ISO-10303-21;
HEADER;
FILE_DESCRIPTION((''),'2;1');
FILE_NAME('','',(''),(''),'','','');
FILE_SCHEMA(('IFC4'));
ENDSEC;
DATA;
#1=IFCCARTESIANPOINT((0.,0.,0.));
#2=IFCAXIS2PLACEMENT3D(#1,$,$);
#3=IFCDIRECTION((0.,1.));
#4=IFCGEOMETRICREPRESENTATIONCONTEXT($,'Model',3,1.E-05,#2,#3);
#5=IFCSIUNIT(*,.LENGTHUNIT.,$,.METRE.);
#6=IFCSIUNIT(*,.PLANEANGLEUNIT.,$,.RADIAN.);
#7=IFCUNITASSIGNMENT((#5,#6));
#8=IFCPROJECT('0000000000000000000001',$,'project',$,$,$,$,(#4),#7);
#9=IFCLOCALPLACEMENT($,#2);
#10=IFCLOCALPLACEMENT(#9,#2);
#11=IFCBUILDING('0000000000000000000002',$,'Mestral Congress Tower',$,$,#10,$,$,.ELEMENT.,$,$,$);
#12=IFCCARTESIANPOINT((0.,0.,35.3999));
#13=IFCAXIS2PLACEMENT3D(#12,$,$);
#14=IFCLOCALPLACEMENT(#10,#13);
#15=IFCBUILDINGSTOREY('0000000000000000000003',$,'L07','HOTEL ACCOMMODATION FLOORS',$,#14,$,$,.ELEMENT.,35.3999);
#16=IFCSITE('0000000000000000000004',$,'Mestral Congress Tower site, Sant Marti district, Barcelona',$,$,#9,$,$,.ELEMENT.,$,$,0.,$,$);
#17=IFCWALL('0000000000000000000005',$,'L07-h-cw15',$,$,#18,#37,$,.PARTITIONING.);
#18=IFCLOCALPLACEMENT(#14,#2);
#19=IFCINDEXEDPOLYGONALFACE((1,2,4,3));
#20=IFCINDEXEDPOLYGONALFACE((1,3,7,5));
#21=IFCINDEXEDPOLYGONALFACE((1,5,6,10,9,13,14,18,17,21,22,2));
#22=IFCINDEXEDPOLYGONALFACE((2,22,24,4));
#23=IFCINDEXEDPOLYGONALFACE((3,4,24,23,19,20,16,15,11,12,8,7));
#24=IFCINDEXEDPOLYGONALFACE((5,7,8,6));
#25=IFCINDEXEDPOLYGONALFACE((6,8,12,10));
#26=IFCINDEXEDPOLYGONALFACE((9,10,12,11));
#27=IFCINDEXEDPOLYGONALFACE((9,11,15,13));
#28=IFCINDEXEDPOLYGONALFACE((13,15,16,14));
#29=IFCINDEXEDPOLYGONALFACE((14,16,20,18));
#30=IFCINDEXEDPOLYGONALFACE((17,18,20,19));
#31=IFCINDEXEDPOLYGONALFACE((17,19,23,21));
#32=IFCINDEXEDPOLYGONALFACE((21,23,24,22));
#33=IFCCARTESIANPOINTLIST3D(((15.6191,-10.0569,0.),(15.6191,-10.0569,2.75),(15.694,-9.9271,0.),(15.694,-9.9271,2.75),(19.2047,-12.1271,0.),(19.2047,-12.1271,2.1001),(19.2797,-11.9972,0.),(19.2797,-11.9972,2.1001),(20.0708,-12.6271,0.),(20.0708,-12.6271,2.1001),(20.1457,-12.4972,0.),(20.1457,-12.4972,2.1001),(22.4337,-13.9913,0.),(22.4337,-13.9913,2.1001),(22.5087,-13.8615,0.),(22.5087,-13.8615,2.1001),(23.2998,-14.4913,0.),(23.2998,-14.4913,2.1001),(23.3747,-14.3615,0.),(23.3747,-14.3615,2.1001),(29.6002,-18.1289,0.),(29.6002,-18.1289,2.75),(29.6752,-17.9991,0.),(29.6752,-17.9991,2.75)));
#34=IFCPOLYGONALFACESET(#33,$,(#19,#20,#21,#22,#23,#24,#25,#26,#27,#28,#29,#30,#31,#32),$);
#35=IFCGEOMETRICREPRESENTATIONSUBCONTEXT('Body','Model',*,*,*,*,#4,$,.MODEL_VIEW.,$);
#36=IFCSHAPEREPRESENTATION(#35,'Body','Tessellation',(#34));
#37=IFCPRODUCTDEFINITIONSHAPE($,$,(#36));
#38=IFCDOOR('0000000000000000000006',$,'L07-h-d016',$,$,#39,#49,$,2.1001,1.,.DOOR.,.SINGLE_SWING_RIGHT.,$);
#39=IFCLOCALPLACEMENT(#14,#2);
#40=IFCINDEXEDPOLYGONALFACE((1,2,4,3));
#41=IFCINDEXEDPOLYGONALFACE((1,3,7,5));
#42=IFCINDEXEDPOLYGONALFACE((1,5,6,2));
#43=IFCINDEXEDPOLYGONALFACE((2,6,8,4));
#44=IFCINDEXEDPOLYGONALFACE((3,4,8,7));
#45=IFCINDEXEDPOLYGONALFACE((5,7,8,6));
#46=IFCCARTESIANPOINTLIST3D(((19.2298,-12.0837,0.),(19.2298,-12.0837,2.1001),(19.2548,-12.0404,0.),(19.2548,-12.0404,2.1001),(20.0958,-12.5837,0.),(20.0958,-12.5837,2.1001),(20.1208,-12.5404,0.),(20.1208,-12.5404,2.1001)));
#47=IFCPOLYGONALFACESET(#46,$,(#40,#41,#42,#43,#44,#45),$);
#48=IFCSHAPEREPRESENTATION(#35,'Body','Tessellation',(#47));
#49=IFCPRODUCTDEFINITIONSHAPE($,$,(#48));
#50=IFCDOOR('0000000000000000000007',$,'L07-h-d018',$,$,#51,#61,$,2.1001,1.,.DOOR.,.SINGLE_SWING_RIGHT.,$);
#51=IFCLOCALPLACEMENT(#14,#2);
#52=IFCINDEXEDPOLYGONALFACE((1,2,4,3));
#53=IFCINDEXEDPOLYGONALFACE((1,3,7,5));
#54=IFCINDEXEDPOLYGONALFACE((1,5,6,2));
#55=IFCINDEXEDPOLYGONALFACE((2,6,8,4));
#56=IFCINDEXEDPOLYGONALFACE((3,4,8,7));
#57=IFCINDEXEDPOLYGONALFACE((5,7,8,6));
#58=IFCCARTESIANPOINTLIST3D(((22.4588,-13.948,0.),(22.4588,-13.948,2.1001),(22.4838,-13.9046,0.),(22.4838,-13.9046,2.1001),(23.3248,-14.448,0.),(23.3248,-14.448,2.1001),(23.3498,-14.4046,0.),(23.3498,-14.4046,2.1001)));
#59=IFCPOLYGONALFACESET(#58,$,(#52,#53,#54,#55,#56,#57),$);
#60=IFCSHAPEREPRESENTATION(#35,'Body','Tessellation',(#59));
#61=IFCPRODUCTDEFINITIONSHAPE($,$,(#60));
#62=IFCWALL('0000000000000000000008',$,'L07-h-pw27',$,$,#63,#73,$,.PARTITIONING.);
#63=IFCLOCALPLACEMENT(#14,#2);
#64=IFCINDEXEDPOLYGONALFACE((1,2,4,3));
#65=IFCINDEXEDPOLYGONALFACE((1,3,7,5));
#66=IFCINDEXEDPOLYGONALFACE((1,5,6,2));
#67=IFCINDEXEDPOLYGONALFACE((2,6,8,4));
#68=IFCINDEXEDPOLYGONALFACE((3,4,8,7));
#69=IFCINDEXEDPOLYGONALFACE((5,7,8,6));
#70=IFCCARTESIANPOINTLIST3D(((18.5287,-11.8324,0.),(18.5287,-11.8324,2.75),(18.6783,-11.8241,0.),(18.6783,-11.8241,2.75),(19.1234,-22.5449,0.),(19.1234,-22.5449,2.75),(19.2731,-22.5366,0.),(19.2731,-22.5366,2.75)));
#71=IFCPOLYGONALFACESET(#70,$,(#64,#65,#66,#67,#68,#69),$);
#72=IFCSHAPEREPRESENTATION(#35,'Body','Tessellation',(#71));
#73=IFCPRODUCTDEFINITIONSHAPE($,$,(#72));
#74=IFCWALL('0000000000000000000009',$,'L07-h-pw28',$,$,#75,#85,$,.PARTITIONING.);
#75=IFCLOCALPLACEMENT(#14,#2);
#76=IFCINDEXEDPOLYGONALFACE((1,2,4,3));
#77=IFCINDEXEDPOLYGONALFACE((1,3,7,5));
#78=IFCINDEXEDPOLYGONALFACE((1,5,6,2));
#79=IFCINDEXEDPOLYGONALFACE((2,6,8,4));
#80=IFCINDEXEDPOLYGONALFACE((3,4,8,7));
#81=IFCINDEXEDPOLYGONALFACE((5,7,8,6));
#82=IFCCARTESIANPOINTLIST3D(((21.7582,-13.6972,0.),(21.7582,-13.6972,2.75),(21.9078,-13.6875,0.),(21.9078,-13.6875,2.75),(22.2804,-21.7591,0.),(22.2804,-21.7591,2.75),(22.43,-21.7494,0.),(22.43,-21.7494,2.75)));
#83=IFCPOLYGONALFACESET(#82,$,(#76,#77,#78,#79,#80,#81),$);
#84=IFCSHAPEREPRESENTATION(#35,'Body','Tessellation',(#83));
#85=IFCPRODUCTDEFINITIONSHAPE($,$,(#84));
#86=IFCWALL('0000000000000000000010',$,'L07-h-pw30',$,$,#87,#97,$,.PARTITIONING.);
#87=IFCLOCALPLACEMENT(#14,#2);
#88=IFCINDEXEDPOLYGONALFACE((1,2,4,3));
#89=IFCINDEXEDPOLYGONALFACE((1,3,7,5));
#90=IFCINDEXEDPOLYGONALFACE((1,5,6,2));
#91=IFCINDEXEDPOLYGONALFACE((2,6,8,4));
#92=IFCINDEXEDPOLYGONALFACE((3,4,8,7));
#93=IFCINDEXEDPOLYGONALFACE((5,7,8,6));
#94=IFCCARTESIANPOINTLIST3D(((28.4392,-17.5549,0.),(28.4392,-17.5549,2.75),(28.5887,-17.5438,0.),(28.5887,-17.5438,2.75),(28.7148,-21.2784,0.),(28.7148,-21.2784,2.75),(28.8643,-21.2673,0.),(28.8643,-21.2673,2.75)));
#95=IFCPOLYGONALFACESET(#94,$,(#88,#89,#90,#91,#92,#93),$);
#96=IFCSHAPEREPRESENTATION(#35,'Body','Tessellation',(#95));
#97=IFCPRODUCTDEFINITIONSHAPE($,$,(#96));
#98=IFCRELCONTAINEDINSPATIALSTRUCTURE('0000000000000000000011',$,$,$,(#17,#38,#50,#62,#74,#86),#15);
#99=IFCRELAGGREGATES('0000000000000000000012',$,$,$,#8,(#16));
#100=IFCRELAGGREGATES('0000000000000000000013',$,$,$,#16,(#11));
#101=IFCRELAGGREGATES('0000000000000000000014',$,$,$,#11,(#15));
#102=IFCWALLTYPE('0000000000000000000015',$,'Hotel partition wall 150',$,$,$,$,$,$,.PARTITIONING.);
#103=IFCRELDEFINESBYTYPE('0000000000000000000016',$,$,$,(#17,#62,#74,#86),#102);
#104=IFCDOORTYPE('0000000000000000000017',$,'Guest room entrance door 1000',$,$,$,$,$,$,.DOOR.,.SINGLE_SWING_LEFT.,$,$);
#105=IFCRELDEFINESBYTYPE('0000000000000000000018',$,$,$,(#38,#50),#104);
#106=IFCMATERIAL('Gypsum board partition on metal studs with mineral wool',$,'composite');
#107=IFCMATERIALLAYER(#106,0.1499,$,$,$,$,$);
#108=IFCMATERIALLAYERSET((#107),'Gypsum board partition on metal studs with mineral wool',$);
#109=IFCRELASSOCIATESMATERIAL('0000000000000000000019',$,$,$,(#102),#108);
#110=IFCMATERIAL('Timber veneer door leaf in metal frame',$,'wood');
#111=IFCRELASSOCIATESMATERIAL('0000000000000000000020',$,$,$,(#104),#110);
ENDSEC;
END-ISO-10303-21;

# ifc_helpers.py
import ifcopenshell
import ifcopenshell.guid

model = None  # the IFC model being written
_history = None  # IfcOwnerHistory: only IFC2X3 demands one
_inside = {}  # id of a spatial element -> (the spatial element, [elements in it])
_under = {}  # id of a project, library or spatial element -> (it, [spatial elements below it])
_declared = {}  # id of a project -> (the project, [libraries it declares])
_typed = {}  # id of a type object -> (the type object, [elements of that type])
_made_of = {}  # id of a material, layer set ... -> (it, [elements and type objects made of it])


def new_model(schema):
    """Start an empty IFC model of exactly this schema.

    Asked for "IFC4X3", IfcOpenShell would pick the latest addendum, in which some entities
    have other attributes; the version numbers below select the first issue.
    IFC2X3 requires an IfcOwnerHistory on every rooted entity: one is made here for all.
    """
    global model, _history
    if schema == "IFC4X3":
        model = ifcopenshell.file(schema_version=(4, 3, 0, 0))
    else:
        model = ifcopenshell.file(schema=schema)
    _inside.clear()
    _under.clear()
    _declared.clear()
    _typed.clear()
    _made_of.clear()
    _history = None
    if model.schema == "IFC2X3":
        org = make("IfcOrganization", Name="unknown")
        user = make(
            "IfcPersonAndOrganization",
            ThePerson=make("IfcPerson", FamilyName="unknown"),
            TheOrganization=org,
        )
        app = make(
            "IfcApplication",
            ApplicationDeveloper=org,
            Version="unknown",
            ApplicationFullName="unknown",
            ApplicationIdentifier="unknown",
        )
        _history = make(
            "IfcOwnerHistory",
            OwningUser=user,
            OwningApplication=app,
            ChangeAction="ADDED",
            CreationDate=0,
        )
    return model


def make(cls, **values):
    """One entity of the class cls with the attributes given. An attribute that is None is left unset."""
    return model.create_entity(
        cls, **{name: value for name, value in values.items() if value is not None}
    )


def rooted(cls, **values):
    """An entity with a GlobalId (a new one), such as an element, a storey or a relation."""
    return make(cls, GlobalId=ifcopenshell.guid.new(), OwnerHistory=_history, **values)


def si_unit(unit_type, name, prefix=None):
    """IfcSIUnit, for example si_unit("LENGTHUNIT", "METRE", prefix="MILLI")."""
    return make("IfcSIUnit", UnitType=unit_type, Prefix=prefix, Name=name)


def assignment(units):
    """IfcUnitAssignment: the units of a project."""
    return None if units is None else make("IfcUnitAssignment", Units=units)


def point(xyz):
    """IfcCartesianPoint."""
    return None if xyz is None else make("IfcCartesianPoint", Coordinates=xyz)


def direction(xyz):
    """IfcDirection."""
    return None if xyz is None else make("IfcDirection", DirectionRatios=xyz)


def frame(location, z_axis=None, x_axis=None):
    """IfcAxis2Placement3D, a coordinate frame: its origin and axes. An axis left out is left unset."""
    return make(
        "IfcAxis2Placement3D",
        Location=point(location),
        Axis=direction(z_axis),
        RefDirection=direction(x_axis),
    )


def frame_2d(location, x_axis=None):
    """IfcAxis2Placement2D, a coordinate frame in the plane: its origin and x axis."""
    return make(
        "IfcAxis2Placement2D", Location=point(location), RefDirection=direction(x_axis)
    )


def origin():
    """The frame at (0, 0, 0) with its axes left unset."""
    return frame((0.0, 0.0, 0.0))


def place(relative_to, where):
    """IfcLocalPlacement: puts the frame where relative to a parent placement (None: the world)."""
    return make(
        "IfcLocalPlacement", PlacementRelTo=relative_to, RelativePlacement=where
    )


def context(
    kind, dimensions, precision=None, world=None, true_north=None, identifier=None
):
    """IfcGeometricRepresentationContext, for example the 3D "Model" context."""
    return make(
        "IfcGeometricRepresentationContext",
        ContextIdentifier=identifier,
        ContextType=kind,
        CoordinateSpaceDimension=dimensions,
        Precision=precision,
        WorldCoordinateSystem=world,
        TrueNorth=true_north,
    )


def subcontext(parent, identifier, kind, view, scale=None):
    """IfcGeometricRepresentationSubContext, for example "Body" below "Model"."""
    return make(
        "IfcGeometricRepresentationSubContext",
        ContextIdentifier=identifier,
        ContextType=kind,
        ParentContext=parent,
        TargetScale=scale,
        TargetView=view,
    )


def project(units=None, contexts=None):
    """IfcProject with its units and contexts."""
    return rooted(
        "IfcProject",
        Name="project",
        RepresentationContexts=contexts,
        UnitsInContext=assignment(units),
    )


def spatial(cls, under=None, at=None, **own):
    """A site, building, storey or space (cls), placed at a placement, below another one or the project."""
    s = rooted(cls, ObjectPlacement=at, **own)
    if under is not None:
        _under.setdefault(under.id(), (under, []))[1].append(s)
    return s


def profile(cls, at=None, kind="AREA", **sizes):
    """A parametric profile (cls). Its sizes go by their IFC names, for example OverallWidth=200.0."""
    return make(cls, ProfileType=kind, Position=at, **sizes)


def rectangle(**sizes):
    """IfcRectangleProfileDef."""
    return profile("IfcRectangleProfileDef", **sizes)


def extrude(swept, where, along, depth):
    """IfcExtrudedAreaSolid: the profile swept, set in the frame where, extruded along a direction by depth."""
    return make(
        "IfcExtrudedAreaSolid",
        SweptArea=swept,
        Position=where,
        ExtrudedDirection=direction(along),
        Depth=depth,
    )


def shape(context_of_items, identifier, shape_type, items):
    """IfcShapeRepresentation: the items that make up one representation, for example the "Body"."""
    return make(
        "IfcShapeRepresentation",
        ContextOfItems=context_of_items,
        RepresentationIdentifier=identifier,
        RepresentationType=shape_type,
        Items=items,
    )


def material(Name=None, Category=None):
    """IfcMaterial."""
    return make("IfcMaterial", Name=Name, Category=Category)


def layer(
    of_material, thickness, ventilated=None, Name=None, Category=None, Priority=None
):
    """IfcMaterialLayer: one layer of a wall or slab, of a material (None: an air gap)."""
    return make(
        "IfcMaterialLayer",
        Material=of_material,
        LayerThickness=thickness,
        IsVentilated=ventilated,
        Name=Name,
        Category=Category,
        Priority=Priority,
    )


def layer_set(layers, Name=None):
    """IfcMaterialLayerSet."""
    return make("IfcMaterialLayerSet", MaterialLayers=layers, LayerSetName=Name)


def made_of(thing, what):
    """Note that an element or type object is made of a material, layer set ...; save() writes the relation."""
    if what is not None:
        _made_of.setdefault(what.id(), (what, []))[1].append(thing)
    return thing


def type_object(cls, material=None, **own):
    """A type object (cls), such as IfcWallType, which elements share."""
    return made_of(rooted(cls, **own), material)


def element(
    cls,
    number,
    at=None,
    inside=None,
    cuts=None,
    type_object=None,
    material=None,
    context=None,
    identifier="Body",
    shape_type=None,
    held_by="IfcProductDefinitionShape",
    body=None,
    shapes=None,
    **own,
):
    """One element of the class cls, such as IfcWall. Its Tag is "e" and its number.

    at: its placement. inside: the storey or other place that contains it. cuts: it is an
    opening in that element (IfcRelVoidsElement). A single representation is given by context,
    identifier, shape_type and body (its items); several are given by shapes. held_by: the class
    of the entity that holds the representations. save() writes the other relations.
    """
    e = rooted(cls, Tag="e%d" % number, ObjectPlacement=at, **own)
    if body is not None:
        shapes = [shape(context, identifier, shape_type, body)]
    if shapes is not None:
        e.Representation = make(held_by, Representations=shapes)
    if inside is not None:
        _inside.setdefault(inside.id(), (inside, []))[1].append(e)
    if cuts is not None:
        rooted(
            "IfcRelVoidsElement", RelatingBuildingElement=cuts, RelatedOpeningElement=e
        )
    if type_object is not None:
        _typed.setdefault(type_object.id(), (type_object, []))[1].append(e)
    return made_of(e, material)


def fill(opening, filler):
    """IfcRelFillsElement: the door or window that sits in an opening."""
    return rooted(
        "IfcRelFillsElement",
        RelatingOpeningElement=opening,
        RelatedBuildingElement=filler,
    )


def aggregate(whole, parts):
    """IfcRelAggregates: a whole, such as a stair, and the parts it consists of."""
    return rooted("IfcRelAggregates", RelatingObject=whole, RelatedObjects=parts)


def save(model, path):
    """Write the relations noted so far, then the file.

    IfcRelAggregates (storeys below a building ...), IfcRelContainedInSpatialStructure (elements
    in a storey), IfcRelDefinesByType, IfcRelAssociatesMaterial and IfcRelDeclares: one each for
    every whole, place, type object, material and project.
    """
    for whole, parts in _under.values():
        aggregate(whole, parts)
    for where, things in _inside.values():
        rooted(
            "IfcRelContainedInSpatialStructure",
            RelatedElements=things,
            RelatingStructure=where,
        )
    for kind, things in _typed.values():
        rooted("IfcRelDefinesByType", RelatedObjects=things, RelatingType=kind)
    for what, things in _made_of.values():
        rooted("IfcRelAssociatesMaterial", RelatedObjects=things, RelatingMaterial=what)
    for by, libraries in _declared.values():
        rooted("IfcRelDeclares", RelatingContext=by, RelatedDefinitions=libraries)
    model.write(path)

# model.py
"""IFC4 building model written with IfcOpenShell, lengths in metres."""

from ifc_helpers import new_model, si_unit, direction, frame, frame_2d, origin, place, context, subcontext, project, spatial, rectangle, extrude, material, layer, layer_set, type_object, element, fill, save


model = new_model("IFC4")

# Units and contexts
model_context = context("Model", 3, precision=1e-05, world=origin(), true_north=direction((0.0, 1.0)))
body_context = subcontext(model_context, "Body", "Model", "MODEL_VIEW")
ifc_project = project(units=[si_unit("LENGTHUNIT", "METRE"), si_unit("PLANEANGLEUNIT", "RADIAN")], contexts=[model_context])

# Site, building, storey
site_placement = place(None, origin())
site = spatial("IfcSite", under=ifc_project, at=site_placement, Name="Mestral Congress Tower site, Sant Marti district, Barcelona", CompositionType="ELEMENT", RefElevation=0.0)
building_placement = place(site_placement, origin())
building = spatial("IfcBuilding", under=site, at=building_placement, Name="Mestral Congress Tower", CompositionType="ELEMENT")
storey_placement = place(building_placement, frame((0.0, 0.0, 35.3999)))
storey = spatial("IfcBuildingStorey", under=building, at=storey_placement, Name="L07", Description="HOTEL ACCOMMODATION FLOORS", CompositionType="ELEMENT", Elevation=35.3999)

# Shared definitions
ifc_material_1 = material(Name="Gypsum board partition on metal studs with mineral wool", Category="composite")

# Wall, openings, doors
ifc_layer_1 = layer(ifc_material_1, 0.1499)
ifc_layer_set_1 = layer_set([ifc_layer_1], Name="Gypsum board partition on metal studs with mineral wool")
wall_type_1 = type_object("IfcWallType", Name="Hotel partition wall 150", PredefinedType="PARTITIONING", material=ifc_layer_set_1)
wall_1_placement = place(storey_placement, frame((29.6377, -18.064, 0.0), z_axis=(0.0, 0.0, 1.0), x_axis=(-0.866026, 0.499999, 0.0)))
wall_1 = element("IfcWall", 1, at=wall_1_placement, inside=storey, type_object=wall_type_1, Name="L07-h-cw15", PredefinedType="PARTITIONING", context=body_context, shape_type="SweptSolid", body=[
    extrude(rectangle(XDim=16.144, YDim=0.1499, at=frame_2d((8.072, 0.0))), origin(), (0.0, 0.0, 1.0), 2.75),
])
opening_1_placement = place(wall_1_placement, frame((11.0037, 0.0, 0.0)))
opening_1 = element("IfcOpeningElement", 2, at=opening_1_placement, cuts=wall_1, PredefinedType="OPENING", context=body_context, shape_type="SweptSolid", body=[
    extrude(rectangle(XDim=1.0, YDim=2.1001, at=frame_2d((0.5, 1.05))), frame((0.0, 0.085, 0.0), z_axis=(0.0, -1.0, 0.0), x_axis=(1.0, 0.0, 0.0)), (0.0, 0.0, 1.0), 0.1699),
])
opening_2_placement = place(wall_1_placement, frame((7.2751, 0.0, 0.0)))
opening_2 = element("IfcOpeningElement", 3, at=opening_2_placement, cuts=wall_1, PredefinedType="OPENING", context=body_context, shape_type="SweptSolid", body=[
    extrude(rectangle(XDim=1.0, YDim=2.1001, at=frame_2d((0.5, 1.05))), frame((0.0, 0.085, 0.0), z_axis=(0.0, -1.0, 0.0), x_axis=(1.0, 0.0, 0.0)), (0.0, 0.0, 1.0), 0.1699),
])
ifc_material_2 = material(Name="Timber veneer door leaf in metal frame", Category="wood")
door_type = type_object("IfcDoorType", Name="Guest room entrance door 1000", OperationType="SINGLE_SWING_LEFT", PredefinedType="DOOR", material=ifc_material_2)
door_1_placement = place(opening_1_placement, origin())
door_1 = element("IfcDoor", 4, at=door_1_placement, inside=storey, type_object=door_type, Name="L07-h-d016", OperationType="SINGLE_SWING_RIGHT", OverallHeight=2.1001, OverallWidth=1.0, PredefinedType="DOOR", context=body_context, shape_type="SweptSolid", body=[
    extrude(rectangle(XDim=1.0, YDim=2.1001, at=frame_2d((0.5, 1.05))), frame((0.0, 0.0249, 0.0), z_axis=(0.0, -1.0, 0.0), x_axis=(1.0, 0.0, 0.0)), (0.0, 0.0, 1.0), 0.05),
])
fill(opening_1, door_1)
door_2_placement = place(opening_2_placement, origin())
door_2 = element("IfcDoor", 5, at=door_2_placement, inside=storey, type_object=door_type, Name="L07-h-d018", OperationType="SINGLE_SWING_RIGHT", OverallHeight=2.1001, OverallWidth=1.0, PredefinedType="DOOR", context=body_context, shape_type="SweptSolid", body=[
    extrude(rectangle(XDim=1.0, YDim=2.1001, at=frame_2d((0.5, 1.05))), frame((0.0, 0.0249, 0.0), z_axis=(0.0, -1.0, 0.0), x_axis=(1.0, 0.0, 0.0)), (0.0, 0.0, 1.0), 0.05),
])
fill(opening_2, door_2)

# Walls
wall_2_placement = place(storey_placement, frame((19.1982, -22.5408, 0.0), z_axis=(0.0, 0.0, 1.0), x_axis=(-0.055432, 0.998462, 0.0)))
element("IfcWall", 6, at=wall_2_placement, inside=storey, type_object=wall_type_1, Name="L07-h-pw27", PredefinedType="PARTITIONING", context=body_context, shape_type="SweptSolid", body=[
    extrude(rectangle(XDim=10.729, YDim=0.1499, at=frame_2d((5.3645, 0.0))), origin(), (0.0, 0.0, 1.0), 2.75),
])
wall_3_placement = place(storey_placement, frame((22.3552, -21.7544, 0.0), z_axis=(0.0, 0.0, 1.0), x_axis=(-0.06464, 0.997909, 0.0)))
element("IfcWall", 7, at=wall_3_placement, inside=storey, type_object=wall_type_1, Name="L07-h-pw28", PredefinedType="PARTITIONING", context=body_context, shape_type="SweptSolid", body=[
    extrude(rectangle(XDim=8.0789, YDim=0.1499, at=frame_2d((4.0396, 0.0))), origin(), (0.0, 0.0, 1.0), 2.75),
])
wall_4_placement = place(storey_placement, frame((28.7896, -21.2727, 0.0), z_axis=(0.0, 0.0, 1.0), x_axis=(-0.073826, 0.997271, 0.0)))
element("IfcWall", 8, at=wall_4_placement, inside=storey, type_object=wall_type_1, Name="L07-h-pw30", PredefinedType="PARTITIONING", context=body_context, shape_type="SweptSolid", body=[
    extrude(rectangle(XDim=3.7336, YDim=0.1499, at=frame_2d((1.8667, 0.0))), origin(), (0.0, 0.0, 1.0), 2.75),
])

save(model, "model.ifc")
